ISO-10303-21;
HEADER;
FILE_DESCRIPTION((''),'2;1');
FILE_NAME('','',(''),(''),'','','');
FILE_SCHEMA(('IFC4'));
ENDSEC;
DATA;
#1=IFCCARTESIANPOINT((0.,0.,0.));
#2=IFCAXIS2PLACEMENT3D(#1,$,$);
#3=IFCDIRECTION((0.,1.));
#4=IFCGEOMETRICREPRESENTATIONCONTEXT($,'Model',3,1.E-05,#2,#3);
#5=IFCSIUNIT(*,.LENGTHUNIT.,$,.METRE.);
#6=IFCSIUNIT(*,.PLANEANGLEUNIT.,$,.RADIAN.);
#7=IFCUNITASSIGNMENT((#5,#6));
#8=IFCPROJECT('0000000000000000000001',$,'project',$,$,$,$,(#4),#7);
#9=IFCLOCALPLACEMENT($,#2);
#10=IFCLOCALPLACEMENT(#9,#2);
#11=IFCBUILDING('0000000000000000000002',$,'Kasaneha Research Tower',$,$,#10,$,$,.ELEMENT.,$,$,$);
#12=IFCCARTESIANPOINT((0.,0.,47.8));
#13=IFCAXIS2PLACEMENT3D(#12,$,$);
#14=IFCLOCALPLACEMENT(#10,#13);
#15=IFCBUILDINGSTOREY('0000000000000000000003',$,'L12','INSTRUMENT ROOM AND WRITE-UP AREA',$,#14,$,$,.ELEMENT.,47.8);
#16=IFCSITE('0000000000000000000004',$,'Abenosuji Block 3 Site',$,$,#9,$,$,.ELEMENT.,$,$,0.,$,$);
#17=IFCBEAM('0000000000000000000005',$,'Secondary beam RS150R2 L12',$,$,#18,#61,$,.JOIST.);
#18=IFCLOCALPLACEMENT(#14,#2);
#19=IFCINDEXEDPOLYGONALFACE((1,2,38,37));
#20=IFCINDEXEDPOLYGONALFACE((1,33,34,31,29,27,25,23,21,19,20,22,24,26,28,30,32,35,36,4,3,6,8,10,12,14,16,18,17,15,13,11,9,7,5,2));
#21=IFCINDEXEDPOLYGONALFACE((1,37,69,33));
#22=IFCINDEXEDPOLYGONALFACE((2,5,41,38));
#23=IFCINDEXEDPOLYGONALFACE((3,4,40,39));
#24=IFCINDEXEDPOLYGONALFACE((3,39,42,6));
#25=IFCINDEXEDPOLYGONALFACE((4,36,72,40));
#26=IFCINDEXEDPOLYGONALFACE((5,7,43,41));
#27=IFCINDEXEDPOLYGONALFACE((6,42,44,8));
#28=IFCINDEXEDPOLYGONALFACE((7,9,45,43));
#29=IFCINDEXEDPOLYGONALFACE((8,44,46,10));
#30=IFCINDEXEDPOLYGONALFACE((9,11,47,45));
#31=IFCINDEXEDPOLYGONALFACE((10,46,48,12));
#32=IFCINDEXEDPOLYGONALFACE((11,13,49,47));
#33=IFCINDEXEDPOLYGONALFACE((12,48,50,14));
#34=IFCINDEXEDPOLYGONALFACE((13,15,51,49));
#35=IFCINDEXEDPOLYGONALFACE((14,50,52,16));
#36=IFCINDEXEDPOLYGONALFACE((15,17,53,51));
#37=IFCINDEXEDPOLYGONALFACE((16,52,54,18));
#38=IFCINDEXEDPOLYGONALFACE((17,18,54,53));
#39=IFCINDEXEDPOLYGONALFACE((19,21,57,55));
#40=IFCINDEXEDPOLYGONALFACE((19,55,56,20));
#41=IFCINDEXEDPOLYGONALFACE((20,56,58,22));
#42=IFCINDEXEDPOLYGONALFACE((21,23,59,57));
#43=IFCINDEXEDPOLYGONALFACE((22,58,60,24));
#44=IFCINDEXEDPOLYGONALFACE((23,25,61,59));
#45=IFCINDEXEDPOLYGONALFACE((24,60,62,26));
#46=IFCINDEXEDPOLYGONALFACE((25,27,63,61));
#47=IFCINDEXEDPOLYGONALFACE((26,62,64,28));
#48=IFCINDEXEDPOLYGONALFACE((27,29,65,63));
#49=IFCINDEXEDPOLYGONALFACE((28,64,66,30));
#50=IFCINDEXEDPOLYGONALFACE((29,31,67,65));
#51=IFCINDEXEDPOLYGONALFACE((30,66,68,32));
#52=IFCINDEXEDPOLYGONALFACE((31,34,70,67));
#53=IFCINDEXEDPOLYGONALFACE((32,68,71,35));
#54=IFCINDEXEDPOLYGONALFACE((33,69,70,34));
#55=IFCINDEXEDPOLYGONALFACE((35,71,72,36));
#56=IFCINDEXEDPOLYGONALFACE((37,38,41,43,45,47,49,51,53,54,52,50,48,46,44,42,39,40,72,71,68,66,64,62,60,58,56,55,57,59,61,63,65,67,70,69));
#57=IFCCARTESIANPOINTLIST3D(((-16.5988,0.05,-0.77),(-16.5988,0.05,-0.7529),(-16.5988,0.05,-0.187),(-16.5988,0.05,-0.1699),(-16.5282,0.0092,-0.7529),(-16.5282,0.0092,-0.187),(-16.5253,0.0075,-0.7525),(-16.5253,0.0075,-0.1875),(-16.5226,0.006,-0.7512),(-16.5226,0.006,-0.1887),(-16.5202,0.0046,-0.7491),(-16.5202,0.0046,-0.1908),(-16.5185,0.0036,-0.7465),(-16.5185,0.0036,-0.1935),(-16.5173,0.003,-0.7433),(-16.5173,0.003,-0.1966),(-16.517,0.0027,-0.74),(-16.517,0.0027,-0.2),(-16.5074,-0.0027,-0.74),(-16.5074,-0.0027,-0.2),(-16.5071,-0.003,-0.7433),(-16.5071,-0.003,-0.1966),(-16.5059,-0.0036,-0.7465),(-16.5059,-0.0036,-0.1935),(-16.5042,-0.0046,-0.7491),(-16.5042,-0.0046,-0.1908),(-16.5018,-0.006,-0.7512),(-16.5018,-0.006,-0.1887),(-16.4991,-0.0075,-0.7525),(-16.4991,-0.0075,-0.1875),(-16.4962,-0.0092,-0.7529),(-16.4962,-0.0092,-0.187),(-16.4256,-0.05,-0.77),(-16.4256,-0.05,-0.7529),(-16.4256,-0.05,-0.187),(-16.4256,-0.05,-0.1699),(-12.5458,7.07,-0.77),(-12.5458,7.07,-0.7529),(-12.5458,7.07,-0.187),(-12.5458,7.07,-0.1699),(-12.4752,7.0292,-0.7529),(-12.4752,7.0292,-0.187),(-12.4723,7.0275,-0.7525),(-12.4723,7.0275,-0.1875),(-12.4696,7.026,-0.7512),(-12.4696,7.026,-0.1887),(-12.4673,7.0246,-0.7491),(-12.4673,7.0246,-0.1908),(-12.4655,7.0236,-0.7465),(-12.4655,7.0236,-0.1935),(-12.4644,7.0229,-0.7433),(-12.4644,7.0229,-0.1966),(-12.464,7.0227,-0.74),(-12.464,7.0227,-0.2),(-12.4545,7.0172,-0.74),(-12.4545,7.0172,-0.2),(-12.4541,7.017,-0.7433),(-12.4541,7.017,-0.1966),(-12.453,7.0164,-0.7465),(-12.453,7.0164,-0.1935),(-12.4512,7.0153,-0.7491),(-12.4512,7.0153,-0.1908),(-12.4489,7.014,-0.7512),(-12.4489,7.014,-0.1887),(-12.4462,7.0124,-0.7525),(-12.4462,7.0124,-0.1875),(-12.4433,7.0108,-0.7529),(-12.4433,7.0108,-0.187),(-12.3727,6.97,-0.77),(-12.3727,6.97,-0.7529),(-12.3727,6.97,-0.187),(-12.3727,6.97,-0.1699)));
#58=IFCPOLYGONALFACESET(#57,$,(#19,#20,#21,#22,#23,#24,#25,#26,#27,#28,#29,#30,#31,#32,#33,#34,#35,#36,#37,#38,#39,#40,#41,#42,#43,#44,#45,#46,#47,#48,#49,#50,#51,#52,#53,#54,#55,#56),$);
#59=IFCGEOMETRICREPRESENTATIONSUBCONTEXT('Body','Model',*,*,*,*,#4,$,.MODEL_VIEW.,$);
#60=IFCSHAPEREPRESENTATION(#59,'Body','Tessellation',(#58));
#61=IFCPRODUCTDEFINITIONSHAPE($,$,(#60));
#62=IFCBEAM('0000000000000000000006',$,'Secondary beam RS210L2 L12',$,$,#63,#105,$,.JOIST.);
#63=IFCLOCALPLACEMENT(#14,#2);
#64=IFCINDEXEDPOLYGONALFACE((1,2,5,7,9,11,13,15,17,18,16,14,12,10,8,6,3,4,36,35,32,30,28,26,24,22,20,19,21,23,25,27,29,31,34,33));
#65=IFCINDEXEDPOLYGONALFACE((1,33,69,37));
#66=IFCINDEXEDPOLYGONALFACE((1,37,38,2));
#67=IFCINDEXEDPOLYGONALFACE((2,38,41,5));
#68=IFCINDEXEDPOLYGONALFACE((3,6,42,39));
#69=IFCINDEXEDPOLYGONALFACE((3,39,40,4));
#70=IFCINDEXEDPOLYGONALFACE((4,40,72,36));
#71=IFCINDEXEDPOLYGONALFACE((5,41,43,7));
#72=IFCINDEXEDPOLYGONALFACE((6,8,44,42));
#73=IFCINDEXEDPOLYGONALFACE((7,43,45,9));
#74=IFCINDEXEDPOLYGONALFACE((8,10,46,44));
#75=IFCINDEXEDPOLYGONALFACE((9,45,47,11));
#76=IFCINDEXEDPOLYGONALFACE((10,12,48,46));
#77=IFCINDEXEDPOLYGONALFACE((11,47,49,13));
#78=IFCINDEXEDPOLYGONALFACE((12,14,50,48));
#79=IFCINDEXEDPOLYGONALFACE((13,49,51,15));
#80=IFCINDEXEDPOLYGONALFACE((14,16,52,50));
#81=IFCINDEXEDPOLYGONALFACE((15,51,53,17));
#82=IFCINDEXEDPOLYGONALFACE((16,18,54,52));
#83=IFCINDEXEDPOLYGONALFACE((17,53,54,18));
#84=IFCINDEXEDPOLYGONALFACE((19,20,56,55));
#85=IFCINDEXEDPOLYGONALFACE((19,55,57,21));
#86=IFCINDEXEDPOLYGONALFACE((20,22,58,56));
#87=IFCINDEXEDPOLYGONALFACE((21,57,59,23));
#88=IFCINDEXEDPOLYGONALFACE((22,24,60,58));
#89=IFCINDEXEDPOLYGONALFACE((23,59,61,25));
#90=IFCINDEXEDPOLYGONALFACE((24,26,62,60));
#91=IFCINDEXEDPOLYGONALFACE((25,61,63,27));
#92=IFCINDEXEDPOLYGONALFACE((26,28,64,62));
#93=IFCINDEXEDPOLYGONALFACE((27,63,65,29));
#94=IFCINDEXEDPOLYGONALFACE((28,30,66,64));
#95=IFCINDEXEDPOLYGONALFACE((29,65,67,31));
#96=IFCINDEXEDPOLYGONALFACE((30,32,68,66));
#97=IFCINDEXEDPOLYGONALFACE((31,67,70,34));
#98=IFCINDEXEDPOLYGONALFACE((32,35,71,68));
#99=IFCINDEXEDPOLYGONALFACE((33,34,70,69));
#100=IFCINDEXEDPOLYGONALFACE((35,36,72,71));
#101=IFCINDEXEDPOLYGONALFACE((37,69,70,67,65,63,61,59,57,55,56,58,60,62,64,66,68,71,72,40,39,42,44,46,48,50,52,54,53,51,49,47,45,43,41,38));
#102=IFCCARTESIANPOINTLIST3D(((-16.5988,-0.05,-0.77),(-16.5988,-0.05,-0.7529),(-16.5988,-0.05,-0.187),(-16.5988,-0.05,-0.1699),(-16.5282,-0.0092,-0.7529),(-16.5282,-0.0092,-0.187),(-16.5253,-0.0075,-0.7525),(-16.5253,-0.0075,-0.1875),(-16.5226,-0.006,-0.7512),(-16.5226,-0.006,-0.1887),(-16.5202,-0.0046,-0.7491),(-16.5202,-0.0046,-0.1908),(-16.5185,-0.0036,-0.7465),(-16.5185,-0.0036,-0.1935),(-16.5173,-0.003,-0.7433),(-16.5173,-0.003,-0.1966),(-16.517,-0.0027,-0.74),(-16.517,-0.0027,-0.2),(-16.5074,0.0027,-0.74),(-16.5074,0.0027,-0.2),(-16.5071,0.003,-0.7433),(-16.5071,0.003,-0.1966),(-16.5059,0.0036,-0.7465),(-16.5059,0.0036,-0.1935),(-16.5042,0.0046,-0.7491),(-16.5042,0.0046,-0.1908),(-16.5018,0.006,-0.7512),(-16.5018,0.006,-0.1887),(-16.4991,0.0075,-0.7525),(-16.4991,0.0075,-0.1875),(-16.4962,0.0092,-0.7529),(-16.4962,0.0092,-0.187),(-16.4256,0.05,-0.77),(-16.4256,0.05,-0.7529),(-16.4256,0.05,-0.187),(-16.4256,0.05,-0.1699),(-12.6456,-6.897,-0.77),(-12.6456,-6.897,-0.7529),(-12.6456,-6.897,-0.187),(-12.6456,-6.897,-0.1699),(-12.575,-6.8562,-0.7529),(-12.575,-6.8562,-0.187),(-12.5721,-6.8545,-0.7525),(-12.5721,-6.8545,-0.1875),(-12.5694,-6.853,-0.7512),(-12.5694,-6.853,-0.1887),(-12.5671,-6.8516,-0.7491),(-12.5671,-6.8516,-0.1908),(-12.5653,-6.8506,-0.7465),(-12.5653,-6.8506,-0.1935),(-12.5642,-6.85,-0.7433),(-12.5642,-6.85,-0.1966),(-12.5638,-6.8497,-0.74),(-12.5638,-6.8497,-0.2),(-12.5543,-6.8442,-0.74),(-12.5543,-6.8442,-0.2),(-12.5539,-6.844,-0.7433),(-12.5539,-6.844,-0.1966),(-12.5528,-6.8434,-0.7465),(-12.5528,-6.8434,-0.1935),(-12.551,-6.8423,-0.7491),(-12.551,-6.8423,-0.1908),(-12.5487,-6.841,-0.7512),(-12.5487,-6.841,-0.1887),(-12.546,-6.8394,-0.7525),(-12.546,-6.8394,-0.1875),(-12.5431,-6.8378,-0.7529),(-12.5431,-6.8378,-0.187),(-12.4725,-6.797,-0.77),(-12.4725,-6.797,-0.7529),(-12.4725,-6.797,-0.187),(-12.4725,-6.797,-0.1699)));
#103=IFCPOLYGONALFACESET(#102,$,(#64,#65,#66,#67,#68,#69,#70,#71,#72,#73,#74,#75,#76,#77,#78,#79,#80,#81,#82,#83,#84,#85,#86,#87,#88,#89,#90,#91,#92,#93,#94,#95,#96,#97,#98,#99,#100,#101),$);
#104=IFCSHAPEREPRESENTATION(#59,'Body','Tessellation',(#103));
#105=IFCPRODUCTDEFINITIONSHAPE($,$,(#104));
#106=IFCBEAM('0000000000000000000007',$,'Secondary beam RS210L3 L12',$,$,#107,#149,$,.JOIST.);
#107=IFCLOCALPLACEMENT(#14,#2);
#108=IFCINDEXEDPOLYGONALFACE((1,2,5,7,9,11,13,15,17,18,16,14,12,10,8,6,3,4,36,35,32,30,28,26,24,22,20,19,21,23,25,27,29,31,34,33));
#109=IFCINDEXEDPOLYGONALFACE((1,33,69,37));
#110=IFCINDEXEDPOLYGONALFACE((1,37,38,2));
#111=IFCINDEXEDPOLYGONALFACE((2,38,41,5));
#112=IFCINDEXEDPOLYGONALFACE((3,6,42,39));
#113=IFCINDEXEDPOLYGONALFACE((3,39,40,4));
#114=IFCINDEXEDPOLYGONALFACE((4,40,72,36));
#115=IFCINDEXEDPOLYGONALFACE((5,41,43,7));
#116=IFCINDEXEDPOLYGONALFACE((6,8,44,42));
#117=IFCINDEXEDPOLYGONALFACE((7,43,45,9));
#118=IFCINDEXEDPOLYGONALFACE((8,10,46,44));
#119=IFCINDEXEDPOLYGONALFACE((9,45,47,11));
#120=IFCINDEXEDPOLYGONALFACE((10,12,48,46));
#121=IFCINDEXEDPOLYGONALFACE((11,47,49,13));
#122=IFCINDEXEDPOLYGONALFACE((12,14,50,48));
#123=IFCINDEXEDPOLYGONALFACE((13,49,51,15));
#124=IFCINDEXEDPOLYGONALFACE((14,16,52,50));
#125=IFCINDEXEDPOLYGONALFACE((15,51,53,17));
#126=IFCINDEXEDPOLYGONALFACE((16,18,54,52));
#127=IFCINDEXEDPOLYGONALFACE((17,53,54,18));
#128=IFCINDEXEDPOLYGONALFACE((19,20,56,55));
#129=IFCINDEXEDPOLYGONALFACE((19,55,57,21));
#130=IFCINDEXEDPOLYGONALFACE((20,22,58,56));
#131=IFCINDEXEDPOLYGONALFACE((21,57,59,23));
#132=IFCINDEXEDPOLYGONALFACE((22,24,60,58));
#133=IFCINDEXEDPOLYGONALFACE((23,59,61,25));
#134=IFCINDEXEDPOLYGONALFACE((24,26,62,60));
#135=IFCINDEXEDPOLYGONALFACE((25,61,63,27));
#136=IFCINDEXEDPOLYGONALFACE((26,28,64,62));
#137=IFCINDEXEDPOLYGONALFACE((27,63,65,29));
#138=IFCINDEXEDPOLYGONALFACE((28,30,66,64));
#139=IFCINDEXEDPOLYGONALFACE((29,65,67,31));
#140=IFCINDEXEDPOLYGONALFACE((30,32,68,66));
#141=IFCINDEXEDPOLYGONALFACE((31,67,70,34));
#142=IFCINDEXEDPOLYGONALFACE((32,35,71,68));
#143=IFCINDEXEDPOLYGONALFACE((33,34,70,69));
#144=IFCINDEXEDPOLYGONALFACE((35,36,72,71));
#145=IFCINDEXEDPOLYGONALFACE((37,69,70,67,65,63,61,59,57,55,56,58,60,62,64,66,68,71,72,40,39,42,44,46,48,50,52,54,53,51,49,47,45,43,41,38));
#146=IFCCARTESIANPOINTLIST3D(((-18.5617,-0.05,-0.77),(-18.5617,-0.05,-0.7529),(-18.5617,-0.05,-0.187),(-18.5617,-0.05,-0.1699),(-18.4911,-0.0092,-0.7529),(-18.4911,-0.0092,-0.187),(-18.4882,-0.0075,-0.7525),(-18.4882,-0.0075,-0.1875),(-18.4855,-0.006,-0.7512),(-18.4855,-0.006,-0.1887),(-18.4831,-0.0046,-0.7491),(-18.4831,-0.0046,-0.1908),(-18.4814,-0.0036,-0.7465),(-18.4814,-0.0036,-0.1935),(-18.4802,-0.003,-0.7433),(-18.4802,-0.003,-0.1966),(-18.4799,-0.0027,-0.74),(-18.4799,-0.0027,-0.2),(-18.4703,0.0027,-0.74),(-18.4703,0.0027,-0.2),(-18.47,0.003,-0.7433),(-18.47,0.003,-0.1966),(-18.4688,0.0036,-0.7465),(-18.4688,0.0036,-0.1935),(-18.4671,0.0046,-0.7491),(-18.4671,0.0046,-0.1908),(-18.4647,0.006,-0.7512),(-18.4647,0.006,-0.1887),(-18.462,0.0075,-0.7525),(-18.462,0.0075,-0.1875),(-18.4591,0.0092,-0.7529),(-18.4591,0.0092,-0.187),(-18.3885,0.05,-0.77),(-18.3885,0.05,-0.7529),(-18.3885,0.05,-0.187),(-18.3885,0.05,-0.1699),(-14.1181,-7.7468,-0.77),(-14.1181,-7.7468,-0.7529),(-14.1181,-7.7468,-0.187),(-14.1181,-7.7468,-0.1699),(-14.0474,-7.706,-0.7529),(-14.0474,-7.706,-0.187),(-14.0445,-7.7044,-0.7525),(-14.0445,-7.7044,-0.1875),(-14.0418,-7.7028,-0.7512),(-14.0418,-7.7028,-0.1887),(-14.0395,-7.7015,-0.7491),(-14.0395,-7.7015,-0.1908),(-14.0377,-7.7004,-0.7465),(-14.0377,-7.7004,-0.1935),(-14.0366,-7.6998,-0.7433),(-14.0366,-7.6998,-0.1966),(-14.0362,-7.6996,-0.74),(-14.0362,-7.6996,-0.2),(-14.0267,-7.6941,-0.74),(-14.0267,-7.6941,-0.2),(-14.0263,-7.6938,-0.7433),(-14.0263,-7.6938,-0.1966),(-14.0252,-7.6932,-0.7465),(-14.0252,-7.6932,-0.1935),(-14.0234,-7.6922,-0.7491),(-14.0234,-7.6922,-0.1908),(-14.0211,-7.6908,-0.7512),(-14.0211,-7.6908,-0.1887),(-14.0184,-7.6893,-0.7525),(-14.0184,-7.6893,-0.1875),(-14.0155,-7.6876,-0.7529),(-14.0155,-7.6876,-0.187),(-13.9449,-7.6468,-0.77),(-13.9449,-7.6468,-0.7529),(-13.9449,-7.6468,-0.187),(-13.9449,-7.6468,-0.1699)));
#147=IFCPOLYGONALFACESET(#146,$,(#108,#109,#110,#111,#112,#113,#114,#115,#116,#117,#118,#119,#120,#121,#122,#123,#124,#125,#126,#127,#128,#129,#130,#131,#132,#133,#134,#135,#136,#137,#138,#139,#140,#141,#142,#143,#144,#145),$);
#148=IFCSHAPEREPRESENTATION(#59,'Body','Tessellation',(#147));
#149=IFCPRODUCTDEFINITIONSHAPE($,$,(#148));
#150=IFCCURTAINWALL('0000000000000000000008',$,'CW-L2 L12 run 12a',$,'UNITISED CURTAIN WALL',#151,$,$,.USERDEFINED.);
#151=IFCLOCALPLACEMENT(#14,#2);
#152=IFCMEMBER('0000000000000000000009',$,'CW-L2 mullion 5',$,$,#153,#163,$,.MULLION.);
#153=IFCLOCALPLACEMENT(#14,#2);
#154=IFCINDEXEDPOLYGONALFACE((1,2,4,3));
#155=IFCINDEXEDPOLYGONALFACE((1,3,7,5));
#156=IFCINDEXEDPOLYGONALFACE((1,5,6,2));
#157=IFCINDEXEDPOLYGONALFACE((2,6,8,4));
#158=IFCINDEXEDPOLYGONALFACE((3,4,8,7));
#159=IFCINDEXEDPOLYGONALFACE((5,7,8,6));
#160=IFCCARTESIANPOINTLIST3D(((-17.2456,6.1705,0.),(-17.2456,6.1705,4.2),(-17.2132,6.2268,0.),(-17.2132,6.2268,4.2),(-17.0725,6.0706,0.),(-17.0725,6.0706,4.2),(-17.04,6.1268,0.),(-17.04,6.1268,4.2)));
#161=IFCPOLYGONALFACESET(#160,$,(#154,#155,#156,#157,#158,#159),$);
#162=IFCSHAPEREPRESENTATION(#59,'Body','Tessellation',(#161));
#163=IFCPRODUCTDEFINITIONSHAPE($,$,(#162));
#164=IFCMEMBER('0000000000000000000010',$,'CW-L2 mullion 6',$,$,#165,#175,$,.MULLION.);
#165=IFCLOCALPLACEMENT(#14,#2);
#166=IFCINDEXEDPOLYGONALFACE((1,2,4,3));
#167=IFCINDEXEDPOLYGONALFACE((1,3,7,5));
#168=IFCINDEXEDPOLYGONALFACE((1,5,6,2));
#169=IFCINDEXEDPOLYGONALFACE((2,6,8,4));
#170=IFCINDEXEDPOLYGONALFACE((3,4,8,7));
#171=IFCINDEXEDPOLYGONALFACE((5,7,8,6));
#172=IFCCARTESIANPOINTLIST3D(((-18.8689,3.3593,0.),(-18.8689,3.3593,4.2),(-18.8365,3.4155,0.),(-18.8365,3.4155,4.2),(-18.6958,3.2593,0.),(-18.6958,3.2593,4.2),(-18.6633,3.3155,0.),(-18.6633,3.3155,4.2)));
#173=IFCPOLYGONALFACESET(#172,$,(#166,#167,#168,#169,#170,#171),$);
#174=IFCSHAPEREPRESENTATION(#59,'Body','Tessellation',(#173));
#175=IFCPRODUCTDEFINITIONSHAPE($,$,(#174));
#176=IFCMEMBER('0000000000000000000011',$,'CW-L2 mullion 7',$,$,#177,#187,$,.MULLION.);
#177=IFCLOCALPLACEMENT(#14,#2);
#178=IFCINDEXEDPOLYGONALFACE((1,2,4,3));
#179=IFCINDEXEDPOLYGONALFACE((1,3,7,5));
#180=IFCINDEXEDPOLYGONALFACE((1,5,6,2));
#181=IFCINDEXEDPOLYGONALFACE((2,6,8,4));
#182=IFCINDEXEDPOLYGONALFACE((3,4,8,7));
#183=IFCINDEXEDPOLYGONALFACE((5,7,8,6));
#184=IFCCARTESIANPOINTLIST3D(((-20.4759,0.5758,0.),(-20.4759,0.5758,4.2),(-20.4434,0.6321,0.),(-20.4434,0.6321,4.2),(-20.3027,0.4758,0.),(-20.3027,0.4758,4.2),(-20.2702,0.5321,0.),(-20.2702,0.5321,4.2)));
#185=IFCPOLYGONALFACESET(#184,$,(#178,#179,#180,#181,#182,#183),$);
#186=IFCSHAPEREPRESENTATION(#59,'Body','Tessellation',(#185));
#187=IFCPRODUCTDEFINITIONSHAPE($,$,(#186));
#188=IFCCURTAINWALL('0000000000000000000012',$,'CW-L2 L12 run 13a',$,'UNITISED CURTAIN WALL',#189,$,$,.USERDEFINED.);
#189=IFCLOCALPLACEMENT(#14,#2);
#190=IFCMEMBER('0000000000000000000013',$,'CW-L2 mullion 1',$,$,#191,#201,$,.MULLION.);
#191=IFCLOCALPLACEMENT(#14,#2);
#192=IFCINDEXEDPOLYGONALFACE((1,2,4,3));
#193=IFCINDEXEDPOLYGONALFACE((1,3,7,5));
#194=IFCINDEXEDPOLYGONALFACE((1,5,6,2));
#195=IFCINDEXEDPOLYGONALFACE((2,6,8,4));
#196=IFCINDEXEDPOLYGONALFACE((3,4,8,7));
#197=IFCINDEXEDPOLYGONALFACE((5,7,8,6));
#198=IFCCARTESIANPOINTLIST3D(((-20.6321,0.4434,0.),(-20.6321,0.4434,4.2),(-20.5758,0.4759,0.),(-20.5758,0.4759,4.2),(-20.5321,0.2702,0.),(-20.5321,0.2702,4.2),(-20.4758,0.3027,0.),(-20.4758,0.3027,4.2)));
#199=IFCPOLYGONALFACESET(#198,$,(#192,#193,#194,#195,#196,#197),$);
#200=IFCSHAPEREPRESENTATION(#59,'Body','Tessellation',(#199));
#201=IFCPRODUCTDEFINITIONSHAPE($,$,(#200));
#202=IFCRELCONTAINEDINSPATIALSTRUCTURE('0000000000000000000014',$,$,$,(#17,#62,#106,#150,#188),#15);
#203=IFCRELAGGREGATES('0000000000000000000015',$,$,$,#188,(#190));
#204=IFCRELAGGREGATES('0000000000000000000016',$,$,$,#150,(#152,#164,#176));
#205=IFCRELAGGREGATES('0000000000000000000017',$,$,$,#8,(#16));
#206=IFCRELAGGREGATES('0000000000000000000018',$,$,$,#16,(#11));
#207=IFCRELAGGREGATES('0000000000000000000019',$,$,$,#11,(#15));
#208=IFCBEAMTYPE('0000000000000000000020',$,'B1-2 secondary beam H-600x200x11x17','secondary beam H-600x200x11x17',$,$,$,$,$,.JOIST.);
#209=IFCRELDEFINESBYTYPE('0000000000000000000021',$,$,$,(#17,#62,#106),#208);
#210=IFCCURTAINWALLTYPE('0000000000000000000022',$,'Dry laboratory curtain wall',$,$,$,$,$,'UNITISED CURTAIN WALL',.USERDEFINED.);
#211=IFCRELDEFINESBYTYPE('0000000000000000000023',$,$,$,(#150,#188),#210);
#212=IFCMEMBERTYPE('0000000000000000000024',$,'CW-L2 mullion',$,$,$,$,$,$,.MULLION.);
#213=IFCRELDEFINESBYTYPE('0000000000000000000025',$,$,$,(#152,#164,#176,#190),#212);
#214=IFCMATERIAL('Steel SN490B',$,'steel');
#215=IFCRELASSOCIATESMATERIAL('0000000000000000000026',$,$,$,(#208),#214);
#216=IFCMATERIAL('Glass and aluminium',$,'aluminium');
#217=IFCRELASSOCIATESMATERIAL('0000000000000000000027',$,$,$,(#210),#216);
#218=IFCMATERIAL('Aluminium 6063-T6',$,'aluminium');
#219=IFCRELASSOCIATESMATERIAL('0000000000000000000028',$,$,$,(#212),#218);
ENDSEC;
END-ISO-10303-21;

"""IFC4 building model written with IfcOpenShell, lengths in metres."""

from ifc_helpers import new_model, si_unit, direction, frame, origin, origin_2d, place, context, subcontext, project, spatial, rectangle, i_section, extrude, material, material_profile, profile_set, type_object, element, aggregate, save


model = new_model("IFC4")

# Units and contexts
model_context = context("Model", 3, precision=1e-05, world=origin(), true_north=direction((0.0, 1.0)))
body_context = subcontext(model_context, "Body", "Model", "MODEL_VIEW")
ifc_project = project(units=[si_unit("LENGTHUNIT", "METRE"), si_unit("PLANEANGLEUNIT", "RADIAN")], contexts=[model_context])

# Site, building, storey
site_placement = place(None, origin())
site = spatial("IfcSite", under=ifc_project, at=site_placement, Name="Abenosuji Block 3 Site", CompositionType="ELEMENT", RefElevation=0.0)
building_placement = place(site_placement, origin())
building = spatial("IfcBuilding", under=site, at=building_placement, Name="Kasaneha Research Tower", CompositionType="ELEMENT")
storey_placement = place(building_placement, frame((0.0, 0.0, 47.8)))
storey = spatial("IfcBuildingStorey", under=building, at=storey_placement, Name="L12", Description="INSTRUMENT ROOM AND WRITE-UP AREA", CompositionType="ELEMENT", Elevation=47.8)

# Beams
ifc_material_1 = material(Name="Steel SN490B", Category="steel")
ifc_material_profile_1 = material_profile(ifc_material_1, i_section(OverallWidth=0.2, OverallDepth=0.6001, WebThickness=0.011, FlangeThickness=0.0171, FilletRadius=0.0129, at=origin_2d()), Name="H-600x200x11x17")
ifc_profile_set_1 = profile_set([ifc_material_profile_1], Name="Steel SN490B")
beam_type = type_object("IfcBeamType", Name="B1-2 secondary beam H-600x200x11x17", Description="secondary beam H-600x200x11x17", PredefinedType="JOIST", material=ifc_profile_set_1)
beam_1_placement = place(storey_placement, frame((-16.5122, 0.0, -0.47), z_axis=(0.499997, 0.866027, 0.0), x_axis=(-0.866027, 0.499997, 0.0)))
element("IfcBeam", 1, at=beam_1_placement, inside=storey, type_object=beam_type, Name="Secondary beam RS150R2 L12", PredefinedType="JOIST", context=body_context, shape_type="SweptSolid", body=[
    extrude(i_section(OverallWidth=0.2, OverallDepth=0.6001, WebThickness=0.011, FlangeThickness=0.0171, FilletRadius=0.0129, at=origin_2d()), origin(), (0.0, 0.0, 1.0), 8.106),
])
beam_2_placement = place(storey_placement, frame((-16.5122, 0.0, -0.47), z_axis=(0.500005, -0.866023, 0.0), x_axis=(0.866023, 0.500005, 0.0)))
element("IfcBeam", 2, at=beam_2_placement, inside=storey, type_object=beam_type, Name="Secondary beam RS210L2 L12", PredefinedType="JOIST", context=body_context, shape_type="SweptSolid", body=[
    extrude(i_section(OverallWidth=0.2, OverallDepth=0.6001, WebThickness=0.011, FlangeThickness=0.0171, FilletRadius=0.0129, at=origin_2d()), origin(), (0.0, 0.0, 1.0), 7.9062),
])
beam_3_placement = place(storey_placement, frame((-18.4751, 0.0, -0.47), z_axis=(0.499989, -0.866032, 0.0), x_axis=(0.866032, 0.499989, 0.0)))
element("IfcBeam", 3, at=beam_3_placement, inside=storey, type_object=beam_type, Name="Secondary beam RS210L3 L12", PredefinedType="JOIST", context=body_context, shape_type="SweptSolid", body=[
    extrude(i_section(OverallWidth=0.2, OverallDepth=0.6001, WebThickness=0.011, FlangeThickness=0.0171, FilletRadius=0.0129, at=origin_2d()), origin(), (0.0, 0.0, 1.0), 8.8875),
])

# Curtain wall, members
ifc_material_2 = material(Name="Glass and aluminium", Category="aluminium")
curtain_wall_type = type_object("IfcCurtainWallType", Name="Dry laboratory curtain wall", ElementType="UNITISED CURTAIN WALL", PredefinedType="USERDEFINED", material=ifc_material_2)
curtain_wall_1_placement = place(storey_placement, origin())
curtain_wall_1 = element("IfcCurtainWall", 4, at=curtain_wall_1_placement, inside=storey, type_object=curtain_wall_type, Name="CW-L2 L12 run 12a", ObjectType="UNITISED CURTAIN WALL", PredefinedType="USERDEFINED")
ifc_material_3 = material(Name="Aluminium 6063-T6", Category="aluminium")
ifc_material_profile_2 = material_profile(ifc_material_3, rectangle(XDim=0.0649, YDim=0.2, at=origin_2d()), Name="CW-L2 mullion 65x200")
ifc_profile_set_2 = profile_set([ifc_material_profile_2], Name="Aluminium 6063-T6")
member_type_1 = type_object("IfcMemberType", Name="CW-L2 mullion", PredefinedType="MULLION", material=ifc_profile_set_2)
member_1_placement = place(storey_placement, frame((-17.1428, 6.1487, 0.0), z_axis=(0.0, 0.0, 1.0), x_axis=(-0.5, -0.866025, 0.0)))
member_1 = element("IfcMember", 5, at=member_1_placement, type_object=member_type_1, Name="CW-L2 mullion 5", PredefinedType="MULLION", context=body_context, shape_type="SweptSolid", body=[
    extrude(rectangle(XDim=0.0649, YDim=0.2, at=origin_2d()), origin(), (0.0, 0.0, 1.0), 4.2),
])
member_2_placement = place(storey_placement, frame((-18.7661, 3.3374, 0.0), z_axis=(0.0, 0.0, 1.0), x_axis=(-0.5, -0.866025, 0.0)))
member_2 = element("IfcMember", 6, at=member_2_placement, type_object=member_type_1, Name="CW-L2 mullion 6", PredefinedType="MULLION", context=body_context, shape_type="SweptSolid", body=[
    extrude(rectangle(XDim=0.0649, YDim=0.2, at=origin_2d()), origin(), (0.0, 0.0, 1.0), 4.2),
])
member_3_placement = place(storey_placement, frame((-20.373, 0.554, 0.0), z_axis=(0.0, 0.0, 1.0), x_axis=(-0.5, -0.866025, 0.0)))
member_3 = element("IfcMember", 7, at=member_3_placement, type_object=member_type_1, Name="CW-L2 mullion 7", PredefinedType="MULLION", context=body_context, shape_type="SweptSolid", body=[
    extrude(rectangle(XDim=0.0649, YDim=0.2, at=origin_2d()), origin(), (0.0, 0.0, 1.0), 4.2),
])

# Curtain wall, member
curtain_wall_2_placement = place(storey_placement, origin())
curtain_wall_2 = element("IfcCurtainWall", 8, at=curtain_wall_2_placement, inside=storey, type_object=curtain_wall_type, Name="CW-L2 L12 run 13a", ObjectType="UNITISED CURTAIN WALL", PredefinedType="USERDEFINED")
member_4_placement = place(storey_placement, frame((-20.554, 0.373, 0.0), z_axis=(0.0, 0.0, 1.0), x_axis=(-0.866025, -0.5, 0.0)))
member_4 = element("IfcMember", 9, at=member_4_placement, type_object=member_type_1, Name="CW-L2 mullion 1", PredefinedType="MULLION", context=body_context, shape_type="SweptSolid", body=[
    extrude(rectangle(XDim=0.0649, YDim=0.2, at=origin_2d()), origin(), (0.0, 0.0, 1.0), 4.2),
])

aggregate(curtain_wall_2, [member_4])

aggregate(curtain_wall_1, [member_1, member_2, member_3])

save(model, "model.ifc")
